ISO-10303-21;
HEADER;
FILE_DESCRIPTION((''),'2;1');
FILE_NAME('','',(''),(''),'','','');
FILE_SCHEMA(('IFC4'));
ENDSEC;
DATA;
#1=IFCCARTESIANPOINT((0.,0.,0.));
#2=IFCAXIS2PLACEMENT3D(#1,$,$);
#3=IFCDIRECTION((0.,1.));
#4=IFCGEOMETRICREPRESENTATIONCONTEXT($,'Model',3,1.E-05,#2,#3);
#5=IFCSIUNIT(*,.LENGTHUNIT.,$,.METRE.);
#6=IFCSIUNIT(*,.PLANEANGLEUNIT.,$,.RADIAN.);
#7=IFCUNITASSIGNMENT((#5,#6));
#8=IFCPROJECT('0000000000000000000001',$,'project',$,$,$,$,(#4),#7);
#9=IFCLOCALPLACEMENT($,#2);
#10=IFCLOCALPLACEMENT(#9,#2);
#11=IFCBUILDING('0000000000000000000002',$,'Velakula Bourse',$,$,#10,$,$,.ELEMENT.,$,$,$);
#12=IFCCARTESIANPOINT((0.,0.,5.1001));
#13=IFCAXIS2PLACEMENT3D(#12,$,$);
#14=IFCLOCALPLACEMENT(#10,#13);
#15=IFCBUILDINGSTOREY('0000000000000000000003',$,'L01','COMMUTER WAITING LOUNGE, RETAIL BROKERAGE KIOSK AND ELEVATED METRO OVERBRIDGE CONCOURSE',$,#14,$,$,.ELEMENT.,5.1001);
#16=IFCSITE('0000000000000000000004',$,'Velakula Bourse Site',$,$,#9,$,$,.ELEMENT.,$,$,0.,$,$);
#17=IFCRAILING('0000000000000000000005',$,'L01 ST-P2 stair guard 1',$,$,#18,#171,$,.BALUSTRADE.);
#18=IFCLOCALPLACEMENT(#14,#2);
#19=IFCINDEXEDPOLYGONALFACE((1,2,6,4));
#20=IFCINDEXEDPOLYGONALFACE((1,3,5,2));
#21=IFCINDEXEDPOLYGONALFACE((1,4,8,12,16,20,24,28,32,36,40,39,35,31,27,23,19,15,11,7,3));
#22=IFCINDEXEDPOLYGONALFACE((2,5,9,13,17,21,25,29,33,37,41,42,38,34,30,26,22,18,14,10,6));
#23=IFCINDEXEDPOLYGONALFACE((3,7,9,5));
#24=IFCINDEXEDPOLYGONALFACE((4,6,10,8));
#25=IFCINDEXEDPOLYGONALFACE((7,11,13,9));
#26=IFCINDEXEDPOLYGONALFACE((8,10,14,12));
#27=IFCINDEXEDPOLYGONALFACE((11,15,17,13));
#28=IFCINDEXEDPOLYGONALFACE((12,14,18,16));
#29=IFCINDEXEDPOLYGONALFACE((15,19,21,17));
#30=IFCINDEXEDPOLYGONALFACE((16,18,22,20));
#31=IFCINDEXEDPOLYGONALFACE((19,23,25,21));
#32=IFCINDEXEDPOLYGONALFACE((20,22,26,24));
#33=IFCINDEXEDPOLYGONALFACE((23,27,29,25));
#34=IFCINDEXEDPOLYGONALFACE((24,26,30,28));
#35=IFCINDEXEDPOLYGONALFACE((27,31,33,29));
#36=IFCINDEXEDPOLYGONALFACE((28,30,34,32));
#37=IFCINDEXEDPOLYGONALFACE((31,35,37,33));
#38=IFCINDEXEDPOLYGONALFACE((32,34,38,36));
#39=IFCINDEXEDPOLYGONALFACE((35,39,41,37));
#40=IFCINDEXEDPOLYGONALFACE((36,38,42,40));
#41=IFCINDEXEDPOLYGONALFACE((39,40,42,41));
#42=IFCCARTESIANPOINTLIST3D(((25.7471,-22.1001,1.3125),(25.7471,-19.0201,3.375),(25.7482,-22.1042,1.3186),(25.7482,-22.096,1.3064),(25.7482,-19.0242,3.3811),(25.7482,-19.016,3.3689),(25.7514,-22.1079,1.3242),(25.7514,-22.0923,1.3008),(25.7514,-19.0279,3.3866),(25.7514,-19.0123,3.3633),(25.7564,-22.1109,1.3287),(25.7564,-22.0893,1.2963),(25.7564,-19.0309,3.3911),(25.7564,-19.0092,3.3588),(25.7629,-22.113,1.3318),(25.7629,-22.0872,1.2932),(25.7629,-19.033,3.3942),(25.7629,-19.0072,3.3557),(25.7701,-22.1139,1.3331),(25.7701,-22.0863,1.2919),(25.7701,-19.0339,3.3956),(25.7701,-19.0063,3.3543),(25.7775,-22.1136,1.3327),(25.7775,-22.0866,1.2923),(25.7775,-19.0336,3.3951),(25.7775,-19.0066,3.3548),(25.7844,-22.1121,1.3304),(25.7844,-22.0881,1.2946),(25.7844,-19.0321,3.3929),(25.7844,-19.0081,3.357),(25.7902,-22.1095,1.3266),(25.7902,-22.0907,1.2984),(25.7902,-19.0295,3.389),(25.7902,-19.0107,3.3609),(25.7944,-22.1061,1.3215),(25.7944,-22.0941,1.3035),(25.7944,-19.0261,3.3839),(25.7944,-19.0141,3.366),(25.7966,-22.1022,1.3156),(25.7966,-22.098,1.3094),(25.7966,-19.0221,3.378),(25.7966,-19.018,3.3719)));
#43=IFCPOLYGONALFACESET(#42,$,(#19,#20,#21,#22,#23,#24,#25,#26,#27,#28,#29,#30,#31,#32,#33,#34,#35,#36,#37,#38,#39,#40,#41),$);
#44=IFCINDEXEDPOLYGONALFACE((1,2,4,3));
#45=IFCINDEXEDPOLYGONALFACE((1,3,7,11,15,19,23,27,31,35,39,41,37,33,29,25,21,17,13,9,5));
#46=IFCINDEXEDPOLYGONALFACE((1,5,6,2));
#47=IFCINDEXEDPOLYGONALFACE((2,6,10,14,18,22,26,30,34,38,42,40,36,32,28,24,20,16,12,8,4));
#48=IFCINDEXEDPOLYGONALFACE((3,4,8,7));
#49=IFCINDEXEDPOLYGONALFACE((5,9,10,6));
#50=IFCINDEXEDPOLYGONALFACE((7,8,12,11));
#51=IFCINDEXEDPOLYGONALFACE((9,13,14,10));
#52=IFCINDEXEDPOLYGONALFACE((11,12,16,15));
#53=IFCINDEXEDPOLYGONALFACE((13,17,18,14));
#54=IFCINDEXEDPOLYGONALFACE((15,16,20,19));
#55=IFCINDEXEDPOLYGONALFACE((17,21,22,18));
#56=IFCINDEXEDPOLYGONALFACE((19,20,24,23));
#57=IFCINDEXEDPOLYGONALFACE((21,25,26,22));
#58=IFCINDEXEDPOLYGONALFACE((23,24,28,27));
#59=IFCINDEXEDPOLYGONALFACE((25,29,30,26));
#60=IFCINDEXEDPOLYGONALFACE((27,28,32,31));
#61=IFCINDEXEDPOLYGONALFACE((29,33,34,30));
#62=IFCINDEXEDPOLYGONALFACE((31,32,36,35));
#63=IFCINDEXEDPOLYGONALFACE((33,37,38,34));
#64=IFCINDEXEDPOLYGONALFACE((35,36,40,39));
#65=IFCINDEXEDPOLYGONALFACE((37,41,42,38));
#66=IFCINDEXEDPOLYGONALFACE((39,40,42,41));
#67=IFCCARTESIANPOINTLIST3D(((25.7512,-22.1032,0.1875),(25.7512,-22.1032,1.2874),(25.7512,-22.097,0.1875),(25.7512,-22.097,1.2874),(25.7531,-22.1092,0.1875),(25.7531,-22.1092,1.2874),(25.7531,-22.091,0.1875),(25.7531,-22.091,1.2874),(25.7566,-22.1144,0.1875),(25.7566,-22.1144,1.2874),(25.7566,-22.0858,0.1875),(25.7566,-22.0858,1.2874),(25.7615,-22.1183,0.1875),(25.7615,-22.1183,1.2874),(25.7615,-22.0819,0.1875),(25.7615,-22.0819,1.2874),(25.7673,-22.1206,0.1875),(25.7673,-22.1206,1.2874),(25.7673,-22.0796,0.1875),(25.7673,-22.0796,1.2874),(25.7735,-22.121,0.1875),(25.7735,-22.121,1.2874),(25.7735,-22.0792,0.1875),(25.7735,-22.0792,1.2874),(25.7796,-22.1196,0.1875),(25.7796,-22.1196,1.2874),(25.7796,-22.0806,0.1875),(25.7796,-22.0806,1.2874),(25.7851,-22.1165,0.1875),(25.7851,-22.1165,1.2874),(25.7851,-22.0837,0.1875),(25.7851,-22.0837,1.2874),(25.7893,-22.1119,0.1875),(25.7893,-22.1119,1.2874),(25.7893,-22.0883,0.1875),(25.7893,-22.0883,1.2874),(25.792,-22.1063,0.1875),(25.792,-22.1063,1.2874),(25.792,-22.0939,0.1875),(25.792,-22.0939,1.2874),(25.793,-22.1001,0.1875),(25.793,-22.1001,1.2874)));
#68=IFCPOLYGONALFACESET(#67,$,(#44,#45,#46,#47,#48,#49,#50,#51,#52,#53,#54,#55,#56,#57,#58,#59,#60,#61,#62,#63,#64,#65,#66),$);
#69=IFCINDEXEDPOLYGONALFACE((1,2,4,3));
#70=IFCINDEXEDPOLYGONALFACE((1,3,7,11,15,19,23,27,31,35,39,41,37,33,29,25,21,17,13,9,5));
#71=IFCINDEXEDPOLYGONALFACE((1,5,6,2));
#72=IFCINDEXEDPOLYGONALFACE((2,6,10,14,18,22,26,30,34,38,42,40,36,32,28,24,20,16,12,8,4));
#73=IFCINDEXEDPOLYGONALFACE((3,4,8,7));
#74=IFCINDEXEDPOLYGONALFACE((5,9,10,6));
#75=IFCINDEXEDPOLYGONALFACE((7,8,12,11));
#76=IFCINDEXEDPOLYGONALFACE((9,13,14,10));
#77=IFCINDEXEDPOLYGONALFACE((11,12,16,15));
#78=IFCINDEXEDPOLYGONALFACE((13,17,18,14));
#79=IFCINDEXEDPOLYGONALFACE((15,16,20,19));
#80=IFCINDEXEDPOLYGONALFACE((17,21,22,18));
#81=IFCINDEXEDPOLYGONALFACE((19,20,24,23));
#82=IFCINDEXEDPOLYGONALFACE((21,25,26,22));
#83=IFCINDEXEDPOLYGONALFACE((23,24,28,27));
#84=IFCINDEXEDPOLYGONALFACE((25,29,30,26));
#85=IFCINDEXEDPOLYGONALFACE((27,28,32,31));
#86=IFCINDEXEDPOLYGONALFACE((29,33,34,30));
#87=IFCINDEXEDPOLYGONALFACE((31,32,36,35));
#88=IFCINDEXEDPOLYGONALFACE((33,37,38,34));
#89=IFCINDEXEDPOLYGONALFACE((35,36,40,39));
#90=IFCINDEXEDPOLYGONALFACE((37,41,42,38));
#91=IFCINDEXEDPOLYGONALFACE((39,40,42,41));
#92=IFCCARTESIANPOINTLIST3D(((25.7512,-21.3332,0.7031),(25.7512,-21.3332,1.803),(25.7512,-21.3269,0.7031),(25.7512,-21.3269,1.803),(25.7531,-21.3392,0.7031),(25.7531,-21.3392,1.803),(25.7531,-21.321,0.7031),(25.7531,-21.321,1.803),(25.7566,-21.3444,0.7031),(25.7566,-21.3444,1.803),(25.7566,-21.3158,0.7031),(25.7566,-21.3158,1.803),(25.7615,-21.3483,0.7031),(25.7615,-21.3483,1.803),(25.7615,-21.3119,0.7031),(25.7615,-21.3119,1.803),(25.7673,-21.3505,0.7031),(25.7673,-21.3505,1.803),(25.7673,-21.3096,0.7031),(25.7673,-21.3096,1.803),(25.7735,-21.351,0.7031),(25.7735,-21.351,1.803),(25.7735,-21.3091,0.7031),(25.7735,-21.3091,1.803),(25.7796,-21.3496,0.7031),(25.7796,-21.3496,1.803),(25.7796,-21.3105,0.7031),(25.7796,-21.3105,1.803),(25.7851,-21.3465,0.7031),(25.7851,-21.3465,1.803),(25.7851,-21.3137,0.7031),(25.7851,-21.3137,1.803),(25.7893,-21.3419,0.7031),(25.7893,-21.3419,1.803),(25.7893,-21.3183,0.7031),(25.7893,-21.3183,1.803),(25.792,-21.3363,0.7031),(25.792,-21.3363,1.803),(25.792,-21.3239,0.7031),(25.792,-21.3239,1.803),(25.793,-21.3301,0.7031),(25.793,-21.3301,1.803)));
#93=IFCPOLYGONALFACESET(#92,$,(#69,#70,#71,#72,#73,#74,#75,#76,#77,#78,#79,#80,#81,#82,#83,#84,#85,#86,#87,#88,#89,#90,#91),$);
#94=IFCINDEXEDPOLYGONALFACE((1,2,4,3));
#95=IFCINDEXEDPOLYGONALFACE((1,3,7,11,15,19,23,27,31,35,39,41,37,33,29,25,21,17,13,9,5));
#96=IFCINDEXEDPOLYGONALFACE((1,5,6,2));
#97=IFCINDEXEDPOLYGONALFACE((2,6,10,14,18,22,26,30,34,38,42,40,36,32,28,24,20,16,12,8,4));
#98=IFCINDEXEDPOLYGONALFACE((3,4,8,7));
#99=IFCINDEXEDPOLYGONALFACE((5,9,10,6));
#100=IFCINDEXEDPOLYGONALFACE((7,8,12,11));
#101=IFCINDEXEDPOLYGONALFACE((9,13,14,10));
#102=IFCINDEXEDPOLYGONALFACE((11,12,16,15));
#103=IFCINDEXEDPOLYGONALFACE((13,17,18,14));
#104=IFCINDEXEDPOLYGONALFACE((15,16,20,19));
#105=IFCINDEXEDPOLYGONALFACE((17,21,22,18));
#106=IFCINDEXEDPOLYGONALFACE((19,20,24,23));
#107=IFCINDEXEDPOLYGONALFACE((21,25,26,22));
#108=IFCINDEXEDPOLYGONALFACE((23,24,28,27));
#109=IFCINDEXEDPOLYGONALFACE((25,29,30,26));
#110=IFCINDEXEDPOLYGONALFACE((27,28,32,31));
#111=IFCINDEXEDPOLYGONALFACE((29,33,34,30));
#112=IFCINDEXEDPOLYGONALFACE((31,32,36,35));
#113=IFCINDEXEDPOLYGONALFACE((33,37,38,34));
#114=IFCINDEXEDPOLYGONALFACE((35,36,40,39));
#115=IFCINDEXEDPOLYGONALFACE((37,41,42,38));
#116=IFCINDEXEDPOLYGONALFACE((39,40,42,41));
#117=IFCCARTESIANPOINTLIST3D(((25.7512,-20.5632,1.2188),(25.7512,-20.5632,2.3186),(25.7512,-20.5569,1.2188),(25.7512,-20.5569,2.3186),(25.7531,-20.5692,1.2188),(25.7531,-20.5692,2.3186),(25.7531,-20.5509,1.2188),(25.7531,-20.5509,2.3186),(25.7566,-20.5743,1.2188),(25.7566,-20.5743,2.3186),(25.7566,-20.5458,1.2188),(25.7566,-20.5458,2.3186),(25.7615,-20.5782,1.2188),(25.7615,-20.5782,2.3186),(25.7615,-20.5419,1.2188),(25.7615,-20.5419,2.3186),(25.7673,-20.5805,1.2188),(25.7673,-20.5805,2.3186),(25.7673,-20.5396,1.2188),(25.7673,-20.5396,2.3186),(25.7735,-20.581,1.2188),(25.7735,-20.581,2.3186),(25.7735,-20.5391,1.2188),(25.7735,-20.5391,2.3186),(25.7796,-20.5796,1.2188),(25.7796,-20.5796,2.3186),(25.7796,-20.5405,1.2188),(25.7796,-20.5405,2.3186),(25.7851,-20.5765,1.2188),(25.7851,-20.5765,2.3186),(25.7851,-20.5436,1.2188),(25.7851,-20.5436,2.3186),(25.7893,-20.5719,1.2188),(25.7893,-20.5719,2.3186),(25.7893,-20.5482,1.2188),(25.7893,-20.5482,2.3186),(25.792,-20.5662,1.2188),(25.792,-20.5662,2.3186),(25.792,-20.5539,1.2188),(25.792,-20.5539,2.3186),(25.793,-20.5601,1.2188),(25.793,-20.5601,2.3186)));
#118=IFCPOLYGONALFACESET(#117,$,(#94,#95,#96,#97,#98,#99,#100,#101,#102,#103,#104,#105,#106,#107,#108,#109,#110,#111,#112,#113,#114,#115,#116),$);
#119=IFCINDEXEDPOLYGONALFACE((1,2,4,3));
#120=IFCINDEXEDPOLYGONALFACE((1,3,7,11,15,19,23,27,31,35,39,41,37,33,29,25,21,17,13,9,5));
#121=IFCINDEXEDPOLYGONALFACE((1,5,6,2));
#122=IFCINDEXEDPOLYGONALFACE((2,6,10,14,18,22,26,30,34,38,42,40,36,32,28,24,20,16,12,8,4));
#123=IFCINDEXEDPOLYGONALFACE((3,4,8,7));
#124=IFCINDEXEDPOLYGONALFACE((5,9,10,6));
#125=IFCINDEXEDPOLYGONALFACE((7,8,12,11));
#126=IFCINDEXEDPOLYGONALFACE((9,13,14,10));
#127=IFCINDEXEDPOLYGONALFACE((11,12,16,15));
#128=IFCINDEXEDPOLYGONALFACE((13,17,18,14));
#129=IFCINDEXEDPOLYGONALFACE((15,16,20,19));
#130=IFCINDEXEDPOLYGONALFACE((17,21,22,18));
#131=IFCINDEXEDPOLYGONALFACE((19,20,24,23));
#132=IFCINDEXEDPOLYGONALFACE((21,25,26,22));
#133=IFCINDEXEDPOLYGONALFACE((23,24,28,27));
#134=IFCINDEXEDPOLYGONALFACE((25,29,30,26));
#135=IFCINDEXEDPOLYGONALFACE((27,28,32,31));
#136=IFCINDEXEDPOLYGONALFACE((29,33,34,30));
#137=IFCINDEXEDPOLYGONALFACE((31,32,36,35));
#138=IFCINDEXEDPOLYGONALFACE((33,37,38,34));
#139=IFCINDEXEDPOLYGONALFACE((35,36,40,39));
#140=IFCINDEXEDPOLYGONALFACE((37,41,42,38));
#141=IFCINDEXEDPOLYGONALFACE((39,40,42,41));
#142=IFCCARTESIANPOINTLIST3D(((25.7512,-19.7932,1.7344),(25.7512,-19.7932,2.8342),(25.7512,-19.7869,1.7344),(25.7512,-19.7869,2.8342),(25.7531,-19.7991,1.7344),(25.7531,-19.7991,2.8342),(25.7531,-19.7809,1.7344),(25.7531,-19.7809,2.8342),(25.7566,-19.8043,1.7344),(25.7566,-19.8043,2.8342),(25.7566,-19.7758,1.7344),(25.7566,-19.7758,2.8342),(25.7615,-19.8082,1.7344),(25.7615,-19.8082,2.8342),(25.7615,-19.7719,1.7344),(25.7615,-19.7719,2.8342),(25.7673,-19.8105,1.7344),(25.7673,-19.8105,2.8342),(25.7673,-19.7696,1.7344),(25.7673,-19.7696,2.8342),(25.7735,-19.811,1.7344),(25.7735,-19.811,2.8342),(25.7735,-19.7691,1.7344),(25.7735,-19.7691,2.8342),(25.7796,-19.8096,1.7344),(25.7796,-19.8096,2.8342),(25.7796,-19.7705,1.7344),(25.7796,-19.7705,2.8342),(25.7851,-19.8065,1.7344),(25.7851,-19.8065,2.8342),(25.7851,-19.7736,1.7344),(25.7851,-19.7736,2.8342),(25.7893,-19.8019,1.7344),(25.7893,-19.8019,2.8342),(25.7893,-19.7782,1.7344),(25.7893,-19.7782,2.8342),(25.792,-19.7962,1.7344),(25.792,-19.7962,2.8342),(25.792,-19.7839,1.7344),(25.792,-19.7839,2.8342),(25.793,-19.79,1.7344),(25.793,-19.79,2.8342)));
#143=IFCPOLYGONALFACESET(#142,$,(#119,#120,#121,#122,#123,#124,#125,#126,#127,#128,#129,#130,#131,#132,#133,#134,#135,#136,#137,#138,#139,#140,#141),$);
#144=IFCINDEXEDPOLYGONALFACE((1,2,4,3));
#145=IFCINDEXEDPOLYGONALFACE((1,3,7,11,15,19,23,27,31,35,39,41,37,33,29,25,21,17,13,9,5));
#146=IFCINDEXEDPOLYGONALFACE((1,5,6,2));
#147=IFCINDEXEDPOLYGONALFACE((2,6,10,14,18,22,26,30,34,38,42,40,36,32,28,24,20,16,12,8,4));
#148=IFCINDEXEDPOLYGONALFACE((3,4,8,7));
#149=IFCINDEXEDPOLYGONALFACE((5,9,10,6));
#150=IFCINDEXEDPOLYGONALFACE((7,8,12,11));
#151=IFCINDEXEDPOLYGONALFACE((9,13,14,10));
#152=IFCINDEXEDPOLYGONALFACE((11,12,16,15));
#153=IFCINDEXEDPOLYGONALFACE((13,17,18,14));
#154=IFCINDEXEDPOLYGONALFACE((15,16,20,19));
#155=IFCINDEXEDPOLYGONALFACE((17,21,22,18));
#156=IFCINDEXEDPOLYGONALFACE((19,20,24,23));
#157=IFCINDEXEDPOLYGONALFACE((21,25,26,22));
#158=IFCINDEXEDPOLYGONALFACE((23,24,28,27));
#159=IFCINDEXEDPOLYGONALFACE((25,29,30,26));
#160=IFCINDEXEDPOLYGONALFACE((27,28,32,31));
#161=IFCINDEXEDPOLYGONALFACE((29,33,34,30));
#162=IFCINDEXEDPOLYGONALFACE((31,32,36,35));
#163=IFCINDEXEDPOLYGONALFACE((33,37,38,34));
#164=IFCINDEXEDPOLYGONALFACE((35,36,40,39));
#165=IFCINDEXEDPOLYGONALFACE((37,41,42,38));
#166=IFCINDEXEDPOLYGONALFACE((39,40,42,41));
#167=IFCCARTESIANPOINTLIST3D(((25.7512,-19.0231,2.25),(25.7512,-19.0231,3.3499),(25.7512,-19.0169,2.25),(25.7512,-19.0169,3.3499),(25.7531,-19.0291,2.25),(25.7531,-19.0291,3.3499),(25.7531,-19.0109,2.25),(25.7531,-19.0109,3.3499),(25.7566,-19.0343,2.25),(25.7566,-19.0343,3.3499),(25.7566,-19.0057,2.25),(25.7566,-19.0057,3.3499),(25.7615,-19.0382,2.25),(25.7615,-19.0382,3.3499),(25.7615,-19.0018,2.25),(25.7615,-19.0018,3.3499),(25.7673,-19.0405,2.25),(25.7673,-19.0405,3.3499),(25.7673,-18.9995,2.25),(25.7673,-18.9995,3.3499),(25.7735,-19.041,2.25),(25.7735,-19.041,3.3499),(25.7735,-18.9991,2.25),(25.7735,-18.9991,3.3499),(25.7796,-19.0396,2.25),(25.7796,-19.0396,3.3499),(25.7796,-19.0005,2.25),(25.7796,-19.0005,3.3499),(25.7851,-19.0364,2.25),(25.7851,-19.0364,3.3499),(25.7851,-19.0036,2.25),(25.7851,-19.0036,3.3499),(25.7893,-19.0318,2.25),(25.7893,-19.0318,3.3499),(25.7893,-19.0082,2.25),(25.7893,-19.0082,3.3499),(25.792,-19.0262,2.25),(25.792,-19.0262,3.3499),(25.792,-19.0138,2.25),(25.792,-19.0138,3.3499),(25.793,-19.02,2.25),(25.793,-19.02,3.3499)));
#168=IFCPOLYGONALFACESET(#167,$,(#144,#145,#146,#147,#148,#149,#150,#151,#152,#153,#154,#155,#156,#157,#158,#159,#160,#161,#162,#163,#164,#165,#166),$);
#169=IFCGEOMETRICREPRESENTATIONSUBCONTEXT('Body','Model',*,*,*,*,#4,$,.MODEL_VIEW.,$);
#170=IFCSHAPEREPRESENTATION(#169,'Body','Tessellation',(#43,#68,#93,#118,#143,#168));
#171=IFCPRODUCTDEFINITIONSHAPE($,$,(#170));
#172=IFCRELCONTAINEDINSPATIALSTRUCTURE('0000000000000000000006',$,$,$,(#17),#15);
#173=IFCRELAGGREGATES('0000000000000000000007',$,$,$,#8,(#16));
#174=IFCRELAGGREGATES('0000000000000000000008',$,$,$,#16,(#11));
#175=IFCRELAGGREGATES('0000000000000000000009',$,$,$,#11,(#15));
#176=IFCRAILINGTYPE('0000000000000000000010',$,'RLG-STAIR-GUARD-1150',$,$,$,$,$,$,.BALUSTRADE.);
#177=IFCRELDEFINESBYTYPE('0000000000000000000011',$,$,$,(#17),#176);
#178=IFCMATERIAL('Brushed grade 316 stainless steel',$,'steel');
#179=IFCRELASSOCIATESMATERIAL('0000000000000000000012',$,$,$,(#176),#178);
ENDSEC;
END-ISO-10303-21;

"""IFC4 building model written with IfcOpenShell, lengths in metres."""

from ifc_helpers import new_model, si_unit, direction, frame, origin, origin_2d, place, context, subcontext, project, spatial, circle, extrude, material, type_object, element, save


model = new_model("IFC4")

# Units and contexts
model_context = context("Model", 3, precision=1e-05, world=origin(), true_north=direction((0.0, 1.0)))
body_context = subcontext(model_context, "Body", "Model", "MODEL_VIEW")
ifc_project = project(units=[si_unit("LENGTHUNIT", "METRE"), si_unit("PLANEANGLEUNIT", "RADIAN")], contexts=[model_context])

# Site, building, storey
site_placement = place(None, origin())
site = spatial("IfcSite", under=ifc_project, at=site_placement, Name="Velakula Bourse Site", CompositionType="ELEMENT", RefElevation=0.0)
building_placement = place(site_placement, origin())
building = spatial("IfcBuilding", under=site, at=building_placement, Name="Velakula Bourse", CompositionType="ELEMENT")
storey_placement = place(building_placement, frame((0.0, 0.0, 5.1001)))
storey = spatial("IfcBuildingStorey", under=building, at=storey_placement, Name="L01", Description="COMMUTER WAITING LOUNGE, RETAIL BROKERAGE KIOSK AND ELEVATED METRO OVERBRIDGE CONCOURSE", CompositionType="ELEMENT", Elevation=5.1001)

# Railing
ifc_material_1 = material(Name="Brushed grade 316 stainless steel", Category="steel")
railing_type_1 = type_object("IfcRailingType", Name="RLG-STAIR-GUARD-1150", PredefinedType="BALUSTRADE", material=ifc_material_1)
railing_1_placement = place(storey_placement, frame((25.772, -22.1001, 0.1875)))
element("IfcRailing", 1, at=railing_1_placement, inside=storey, type_object=railing_type_1, Name="L01 ST-P2 stair guard 1", PredefinedType="BALUSTRADE", context=body_context, shape_type="SweptSolid", body=[
    extrude(circle(Radius=0.0249, at=origin_2d()), frame((0.0, 0.0, 1.125), z_axis=(0.0, 0.830914, 0.556401), x_axis=(-1.0, 0.0, 0.0)), (0.0, 0.0, 1.0), 3.7068),
    extrude(circle(Radius=0.021, at=origin_2d()), origin(), (0.0, 0.0, 1.0), 1.0999),
    extrude(circle(Radius=0.021, at=origin_2d()), frame((0.0, 0.77, 0.5156)), (0.0, 0.0, 1.0), 1.0999),
    extrude(circle(Radius=0.021, at=origin_2d()), frame((0.0, 1.54, 1.0312)), (0.0, 0.0, 1.0), 1.0999),
    extrude(circle(Radius=0.021, at=origin_2d()), frame((0.0, 2.3101, 1.5469)), (0.0, 0.0, 1.0), 1.0999),
    extrude(circle(Radius=0.021, at=origin_2d()), frame((0.0, 3.0801, 2.0625)), (0.0, 0.0, 1.0), 1.0999),
])

save(model, "model.ifc")
